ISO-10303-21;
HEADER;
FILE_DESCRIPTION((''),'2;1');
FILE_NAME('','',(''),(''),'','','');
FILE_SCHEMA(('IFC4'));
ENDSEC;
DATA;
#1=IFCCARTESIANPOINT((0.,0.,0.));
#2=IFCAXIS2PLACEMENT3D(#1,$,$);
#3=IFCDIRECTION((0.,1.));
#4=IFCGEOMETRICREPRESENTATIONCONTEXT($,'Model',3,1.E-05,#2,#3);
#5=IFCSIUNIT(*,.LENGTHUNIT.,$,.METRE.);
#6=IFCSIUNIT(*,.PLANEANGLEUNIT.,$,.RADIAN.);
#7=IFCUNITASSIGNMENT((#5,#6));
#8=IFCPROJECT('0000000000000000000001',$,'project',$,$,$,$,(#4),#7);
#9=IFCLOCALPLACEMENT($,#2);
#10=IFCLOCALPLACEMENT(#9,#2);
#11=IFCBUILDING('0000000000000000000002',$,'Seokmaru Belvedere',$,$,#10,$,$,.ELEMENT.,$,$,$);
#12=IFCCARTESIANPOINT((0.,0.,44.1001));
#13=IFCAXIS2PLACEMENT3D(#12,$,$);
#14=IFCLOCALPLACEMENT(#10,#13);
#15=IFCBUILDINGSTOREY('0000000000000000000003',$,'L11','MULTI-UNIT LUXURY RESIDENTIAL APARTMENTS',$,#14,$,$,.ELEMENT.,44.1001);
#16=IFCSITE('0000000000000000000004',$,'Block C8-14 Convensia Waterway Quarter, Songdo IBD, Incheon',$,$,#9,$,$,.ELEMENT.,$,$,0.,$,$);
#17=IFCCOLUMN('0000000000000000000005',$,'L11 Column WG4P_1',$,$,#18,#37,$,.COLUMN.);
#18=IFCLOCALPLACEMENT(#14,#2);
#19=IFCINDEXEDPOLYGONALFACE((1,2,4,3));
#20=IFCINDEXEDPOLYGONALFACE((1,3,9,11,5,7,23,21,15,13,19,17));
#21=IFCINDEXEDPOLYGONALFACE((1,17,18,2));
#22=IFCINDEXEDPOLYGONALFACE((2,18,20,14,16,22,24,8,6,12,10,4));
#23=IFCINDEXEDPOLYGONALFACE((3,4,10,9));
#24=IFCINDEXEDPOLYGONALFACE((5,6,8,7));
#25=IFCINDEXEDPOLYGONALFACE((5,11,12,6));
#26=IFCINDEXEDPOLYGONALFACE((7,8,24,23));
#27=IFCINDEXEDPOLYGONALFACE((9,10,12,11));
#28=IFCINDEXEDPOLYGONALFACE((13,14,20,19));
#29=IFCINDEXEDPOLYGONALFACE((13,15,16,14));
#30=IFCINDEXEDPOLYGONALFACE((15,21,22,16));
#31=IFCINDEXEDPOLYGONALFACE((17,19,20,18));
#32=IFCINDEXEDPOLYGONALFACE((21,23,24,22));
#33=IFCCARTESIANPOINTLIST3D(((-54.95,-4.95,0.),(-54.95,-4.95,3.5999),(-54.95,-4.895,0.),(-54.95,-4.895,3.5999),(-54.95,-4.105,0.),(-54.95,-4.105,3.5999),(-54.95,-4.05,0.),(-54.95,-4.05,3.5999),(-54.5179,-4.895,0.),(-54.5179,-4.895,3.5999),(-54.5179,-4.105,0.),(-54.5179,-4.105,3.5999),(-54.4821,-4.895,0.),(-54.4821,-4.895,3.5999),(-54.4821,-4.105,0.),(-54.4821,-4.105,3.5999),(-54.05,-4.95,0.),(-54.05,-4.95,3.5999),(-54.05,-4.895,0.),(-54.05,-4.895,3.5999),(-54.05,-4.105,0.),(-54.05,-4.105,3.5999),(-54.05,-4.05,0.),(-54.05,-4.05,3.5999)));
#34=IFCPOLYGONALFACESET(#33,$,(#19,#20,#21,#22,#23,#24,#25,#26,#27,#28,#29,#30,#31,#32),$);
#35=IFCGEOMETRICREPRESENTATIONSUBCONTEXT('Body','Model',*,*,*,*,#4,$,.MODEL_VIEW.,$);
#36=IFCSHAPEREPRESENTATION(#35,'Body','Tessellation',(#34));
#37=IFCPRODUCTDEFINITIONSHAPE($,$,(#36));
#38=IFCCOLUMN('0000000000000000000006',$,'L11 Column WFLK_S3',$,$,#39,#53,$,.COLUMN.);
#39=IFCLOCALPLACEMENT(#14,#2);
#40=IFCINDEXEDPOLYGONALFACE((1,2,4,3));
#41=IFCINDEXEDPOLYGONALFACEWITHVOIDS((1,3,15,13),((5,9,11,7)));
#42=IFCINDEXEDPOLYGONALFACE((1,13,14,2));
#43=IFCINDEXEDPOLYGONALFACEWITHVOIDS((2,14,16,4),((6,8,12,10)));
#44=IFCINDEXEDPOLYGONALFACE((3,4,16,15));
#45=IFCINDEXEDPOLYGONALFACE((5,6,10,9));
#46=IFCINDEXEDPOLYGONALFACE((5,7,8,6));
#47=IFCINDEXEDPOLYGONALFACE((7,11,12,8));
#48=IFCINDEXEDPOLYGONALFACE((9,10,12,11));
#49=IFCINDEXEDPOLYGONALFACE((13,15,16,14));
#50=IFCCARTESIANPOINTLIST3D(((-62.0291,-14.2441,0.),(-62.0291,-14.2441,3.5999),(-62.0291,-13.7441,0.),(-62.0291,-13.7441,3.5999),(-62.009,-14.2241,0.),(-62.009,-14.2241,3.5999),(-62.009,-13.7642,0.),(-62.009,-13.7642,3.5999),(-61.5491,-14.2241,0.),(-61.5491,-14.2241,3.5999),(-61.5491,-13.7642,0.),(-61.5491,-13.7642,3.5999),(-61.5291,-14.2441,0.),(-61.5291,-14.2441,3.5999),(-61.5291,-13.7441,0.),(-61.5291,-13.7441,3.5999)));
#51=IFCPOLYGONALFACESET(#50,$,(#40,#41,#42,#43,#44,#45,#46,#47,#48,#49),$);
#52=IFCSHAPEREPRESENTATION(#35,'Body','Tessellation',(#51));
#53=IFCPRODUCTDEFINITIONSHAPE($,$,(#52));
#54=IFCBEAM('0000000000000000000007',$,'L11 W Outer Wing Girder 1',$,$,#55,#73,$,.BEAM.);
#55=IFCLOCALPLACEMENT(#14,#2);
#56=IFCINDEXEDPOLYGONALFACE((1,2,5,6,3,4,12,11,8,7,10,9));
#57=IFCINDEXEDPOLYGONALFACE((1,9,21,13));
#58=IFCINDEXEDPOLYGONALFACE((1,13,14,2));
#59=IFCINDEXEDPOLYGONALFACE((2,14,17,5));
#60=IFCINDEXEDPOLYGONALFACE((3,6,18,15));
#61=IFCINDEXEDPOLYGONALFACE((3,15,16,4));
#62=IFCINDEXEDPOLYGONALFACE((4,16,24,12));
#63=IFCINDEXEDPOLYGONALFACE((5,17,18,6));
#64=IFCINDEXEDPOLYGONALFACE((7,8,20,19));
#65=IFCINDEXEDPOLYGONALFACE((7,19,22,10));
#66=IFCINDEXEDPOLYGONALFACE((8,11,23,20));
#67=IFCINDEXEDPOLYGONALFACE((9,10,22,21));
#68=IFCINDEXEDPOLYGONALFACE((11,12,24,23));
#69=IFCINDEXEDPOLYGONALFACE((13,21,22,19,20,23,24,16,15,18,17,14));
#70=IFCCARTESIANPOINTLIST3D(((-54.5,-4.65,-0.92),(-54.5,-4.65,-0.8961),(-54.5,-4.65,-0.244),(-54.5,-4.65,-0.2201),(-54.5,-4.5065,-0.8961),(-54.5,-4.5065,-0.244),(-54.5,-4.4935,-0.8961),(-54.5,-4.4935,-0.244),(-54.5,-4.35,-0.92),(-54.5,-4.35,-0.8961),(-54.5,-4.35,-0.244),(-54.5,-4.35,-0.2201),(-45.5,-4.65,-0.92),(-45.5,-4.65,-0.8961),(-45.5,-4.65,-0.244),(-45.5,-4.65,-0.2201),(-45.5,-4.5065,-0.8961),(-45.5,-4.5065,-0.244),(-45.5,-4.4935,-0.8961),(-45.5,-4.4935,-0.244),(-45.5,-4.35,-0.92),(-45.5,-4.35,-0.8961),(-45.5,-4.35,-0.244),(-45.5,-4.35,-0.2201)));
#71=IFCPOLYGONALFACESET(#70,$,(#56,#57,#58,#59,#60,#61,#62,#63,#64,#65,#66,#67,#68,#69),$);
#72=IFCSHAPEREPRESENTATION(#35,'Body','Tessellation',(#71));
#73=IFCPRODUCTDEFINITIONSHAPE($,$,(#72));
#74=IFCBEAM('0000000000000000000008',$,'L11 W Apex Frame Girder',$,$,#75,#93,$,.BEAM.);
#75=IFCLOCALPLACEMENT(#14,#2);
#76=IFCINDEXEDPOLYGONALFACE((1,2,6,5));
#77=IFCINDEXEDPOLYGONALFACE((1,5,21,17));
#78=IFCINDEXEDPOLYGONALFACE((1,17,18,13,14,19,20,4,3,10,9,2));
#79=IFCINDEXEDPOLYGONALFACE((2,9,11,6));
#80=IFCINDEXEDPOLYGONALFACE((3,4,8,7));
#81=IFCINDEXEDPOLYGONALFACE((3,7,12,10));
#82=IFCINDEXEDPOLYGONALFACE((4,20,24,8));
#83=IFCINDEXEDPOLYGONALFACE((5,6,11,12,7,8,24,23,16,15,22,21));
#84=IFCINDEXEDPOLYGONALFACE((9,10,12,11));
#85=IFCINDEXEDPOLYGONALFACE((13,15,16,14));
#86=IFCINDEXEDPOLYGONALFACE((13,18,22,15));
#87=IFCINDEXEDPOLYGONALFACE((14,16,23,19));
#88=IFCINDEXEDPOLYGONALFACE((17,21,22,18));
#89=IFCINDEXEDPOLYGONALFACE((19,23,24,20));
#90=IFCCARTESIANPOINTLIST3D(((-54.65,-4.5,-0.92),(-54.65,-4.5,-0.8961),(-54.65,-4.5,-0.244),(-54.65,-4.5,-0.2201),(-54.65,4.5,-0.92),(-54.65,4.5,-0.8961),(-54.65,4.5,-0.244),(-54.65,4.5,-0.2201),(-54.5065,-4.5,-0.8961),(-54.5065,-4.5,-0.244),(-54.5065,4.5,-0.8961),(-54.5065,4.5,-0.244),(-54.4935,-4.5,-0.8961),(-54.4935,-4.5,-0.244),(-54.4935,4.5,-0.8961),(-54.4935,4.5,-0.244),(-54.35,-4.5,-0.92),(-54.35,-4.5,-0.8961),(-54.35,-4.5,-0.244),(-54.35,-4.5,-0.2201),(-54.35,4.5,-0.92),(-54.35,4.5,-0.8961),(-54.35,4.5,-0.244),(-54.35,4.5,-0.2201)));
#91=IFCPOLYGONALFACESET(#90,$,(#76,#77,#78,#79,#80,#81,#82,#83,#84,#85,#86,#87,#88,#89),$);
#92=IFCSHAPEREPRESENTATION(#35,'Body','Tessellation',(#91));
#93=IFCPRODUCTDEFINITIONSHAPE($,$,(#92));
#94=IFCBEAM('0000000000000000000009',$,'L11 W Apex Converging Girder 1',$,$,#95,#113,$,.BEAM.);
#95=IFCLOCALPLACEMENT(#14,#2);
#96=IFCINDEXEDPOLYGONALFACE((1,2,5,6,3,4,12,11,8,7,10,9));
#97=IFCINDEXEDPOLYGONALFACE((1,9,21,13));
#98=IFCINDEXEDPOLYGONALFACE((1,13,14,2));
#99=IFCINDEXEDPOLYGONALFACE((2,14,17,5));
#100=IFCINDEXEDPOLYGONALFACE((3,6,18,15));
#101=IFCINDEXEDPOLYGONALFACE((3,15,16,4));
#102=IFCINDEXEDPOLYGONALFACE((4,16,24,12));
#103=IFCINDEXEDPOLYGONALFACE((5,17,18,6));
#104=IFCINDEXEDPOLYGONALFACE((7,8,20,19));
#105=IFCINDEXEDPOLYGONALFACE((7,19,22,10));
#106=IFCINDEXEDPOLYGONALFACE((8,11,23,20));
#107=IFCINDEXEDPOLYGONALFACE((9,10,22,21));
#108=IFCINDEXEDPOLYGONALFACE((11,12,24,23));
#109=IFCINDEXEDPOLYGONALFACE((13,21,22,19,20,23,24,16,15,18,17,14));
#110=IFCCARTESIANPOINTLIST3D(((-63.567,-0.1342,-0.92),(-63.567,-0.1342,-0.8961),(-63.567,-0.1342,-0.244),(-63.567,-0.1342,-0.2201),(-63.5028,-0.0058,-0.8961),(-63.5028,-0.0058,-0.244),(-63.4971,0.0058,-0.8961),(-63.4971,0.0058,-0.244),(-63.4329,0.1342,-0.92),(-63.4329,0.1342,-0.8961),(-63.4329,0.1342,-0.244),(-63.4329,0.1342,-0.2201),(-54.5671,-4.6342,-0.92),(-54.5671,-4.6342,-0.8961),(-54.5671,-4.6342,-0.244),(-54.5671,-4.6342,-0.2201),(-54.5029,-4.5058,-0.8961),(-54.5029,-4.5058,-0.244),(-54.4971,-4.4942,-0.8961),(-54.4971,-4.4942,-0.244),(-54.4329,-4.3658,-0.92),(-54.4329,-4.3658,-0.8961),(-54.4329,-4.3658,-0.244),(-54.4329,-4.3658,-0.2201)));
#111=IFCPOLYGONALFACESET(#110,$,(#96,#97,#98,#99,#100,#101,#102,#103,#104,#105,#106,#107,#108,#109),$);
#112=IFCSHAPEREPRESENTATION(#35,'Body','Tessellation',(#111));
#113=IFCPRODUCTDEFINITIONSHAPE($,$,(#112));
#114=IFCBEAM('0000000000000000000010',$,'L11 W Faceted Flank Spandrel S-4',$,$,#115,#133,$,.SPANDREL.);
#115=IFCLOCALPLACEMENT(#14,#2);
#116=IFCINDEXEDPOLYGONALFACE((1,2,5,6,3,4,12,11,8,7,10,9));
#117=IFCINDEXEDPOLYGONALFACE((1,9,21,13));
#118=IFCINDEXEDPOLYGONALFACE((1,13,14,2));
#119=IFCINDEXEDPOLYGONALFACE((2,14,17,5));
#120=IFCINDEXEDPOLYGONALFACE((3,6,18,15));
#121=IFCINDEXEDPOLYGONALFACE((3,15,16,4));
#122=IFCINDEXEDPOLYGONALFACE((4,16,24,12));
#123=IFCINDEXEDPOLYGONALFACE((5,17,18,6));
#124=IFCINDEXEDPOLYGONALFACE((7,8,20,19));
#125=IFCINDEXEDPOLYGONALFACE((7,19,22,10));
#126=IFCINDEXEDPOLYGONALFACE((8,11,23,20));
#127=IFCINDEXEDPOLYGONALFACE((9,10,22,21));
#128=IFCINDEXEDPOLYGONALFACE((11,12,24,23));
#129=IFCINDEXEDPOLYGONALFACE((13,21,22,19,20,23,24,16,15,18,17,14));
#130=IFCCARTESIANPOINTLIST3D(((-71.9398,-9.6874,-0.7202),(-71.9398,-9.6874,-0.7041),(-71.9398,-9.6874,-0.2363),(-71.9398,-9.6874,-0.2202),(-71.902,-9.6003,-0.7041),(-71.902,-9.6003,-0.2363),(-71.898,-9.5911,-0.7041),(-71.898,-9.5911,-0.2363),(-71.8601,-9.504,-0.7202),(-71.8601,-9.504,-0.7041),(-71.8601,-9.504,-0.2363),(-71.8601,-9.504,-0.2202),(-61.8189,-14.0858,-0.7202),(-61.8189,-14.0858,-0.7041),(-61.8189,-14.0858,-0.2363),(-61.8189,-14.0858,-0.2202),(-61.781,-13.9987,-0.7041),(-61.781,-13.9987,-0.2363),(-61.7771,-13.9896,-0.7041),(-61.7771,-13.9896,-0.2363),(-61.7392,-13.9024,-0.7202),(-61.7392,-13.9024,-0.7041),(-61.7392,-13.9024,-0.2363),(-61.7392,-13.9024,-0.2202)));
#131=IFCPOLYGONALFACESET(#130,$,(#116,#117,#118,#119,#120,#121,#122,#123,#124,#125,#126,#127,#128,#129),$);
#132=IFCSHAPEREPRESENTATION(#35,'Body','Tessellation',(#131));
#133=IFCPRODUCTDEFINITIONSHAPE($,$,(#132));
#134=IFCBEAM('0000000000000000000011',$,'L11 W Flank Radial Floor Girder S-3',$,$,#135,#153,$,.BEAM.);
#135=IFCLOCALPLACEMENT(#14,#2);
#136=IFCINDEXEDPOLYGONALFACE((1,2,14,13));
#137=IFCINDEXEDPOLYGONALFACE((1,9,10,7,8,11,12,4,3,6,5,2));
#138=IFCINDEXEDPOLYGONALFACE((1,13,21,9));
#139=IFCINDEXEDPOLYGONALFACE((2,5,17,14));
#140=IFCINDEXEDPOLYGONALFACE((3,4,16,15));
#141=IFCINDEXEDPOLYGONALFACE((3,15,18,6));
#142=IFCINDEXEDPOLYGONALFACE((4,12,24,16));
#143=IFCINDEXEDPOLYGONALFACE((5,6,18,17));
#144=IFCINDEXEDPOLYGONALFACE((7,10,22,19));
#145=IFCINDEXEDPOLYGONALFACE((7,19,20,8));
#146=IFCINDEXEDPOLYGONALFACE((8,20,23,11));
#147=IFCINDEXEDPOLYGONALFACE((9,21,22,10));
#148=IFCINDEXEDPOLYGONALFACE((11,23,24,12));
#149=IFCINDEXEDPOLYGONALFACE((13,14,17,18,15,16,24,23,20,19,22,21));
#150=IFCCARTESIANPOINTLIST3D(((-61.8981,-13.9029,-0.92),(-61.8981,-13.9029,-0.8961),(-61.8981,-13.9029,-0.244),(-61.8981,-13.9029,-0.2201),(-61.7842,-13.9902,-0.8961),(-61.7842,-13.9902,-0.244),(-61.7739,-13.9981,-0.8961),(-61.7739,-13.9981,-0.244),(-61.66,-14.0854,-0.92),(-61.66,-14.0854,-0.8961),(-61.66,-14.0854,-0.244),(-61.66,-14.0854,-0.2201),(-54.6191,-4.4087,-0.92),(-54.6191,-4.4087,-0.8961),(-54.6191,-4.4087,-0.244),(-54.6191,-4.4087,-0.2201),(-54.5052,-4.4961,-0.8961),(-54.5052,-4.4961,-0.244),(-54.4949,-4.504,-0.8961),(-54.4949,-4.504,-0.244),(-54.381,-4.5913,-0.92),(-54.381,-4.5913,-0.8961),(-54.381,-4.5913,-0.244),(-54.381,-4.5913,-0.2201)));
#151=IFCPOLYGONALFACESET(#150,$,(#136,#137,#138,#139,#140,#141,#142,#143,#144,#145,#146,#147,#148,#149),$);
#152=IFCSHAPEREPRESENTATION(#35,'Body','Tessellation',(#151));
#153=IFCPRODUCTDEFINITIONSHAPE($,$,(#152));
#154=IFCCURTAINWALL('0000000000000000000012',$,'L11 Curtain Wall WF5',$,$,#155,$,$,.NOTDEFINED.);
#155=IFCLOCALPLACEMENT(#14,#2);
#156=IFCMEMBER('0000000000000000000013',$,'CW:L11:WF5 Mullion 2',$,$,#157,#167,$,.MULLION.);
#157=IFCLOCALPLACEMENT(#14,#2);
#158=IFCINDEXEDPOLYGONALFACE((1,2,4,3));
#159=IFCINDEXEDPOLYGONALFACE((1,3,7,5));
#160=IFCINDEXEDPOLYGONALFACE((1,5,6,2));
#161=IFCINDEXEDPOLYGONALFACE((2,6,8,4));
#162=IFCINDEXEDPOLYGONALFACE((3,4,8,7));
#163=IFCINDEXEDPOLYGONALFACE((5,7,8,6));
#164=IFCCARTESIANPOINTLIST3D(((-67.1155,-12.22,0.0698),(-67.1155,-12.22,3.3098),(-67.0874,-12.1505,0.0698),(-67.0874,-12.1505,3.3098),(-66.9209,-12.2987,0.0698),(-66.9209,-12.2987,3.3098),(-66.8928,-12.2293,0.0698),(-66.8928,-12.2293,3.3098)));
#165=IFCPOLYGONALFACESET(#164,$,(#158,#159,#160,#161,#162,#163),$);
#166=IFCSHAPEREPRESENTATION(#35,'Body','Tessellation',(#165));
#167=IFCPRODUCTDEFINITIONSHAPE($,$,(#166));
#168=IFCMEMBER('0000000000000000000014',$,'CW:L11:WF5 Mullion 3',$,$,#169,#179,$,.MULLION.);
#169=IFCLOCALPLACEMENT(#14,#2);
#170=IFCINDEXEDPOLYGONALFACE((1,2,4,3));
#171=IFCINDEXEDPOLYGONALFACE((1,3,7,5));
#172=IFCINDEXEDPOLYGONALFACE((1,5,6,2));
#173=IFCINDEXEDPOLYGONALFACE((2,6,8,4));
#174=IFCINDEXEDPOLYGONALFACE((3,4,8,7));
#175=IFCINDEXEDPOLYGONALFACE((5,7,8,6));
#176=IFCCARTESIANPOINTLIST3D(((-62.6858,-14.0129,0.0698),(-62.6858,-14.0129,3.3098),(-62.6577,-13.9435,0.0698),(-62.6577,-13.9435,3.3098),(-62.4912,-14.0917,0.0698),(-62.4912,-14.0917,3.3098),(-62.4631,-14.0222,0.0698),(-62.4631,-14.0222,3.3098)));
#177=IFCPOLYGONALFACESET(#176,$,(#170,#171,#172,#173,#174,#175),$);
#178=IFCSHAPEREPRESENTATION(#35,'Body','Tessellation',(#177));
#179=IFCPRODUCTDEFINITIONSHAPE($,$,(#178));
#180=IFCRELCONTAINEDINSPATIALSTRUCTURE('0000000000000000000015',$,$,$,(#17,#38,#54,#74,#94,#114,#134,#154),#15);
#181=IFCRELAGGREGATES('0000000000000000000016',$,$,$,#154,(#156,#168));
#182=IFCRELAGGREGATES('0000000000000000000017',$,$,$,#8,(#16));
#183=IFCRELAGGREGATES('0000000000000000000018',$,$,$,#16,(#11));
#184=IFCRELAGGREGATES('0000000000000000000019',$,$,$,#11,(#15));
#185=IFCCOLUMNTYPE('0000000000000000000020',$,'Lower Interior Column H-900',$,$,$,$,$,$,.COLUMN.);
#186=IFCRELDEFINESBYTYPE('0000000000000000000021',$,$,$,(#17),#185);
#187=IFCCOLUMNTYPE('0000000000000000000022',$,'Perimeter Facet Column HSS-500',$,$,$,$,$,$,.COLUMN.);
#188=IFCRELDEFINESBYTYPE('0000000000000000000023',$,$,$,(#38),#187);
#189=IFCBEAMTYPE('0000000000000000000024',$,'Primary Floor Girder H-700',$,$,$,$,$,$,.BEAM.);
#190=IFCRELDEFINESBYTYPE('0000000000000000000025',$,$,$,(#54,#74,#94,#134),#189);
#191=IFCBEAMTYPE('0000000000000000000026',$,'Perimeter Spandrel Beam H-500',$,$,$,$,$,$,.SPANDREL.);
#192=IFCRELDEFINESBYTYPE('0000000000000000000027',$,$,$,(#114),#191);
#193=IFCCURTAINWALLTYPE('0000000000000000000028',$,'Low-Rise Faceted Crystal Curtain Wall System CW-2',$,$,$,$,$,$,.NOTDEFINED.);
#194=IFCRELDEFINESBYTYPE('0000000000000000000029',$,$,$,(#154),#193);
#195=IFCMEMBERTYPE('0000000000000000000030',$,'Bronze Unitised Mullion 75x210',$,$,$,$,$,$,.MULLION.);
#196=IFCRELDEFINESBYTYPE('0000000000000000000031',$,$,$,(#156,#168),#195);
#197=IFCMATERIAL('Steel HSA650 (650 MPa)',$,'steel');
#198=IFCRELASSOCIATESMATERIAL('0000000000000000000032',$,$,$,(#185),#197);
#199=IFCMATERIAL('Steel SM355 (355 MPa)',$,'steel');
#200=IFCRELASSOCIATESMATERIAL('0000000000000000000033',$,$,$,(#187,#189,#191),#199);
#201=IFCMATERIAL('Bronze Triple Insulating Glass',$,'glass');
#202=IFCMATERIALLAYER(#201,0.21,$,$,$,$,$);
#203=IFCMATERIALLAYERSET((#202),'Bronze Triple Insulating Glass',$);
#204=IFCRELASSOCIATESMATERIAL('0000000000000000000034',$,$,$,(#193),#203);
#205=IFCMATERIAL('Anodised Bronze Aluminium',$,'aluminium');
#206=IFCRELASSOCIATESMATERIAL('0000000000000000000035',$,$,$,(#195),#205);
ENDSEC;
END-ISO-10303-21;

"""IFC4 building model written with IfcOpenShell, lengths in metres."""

from ifc_helpers import new_model, si_unit, direction, frame, origin, origin_2d, place, context, subcontext, project, spatial, rectangle, hollow_rectangle, i_section, extrude, source, transform, mapped, material, layer, layer_set, material_profile, profile_set, type_object, type_shapes, element, aggregate, save


model = new_model("IFC4")

# Units and contexts
model_context = context("Model", 3, precision=1e-05, world=origin(), true_north=direction((0.0, 1.0)))
body_context = subcontext(model_context, "Body", "Model", "MODEL_VIEW")
ifc_project = project(units=[si_unit("LENGTHUNIT", "METRE"), si_unit("PLANEANGLEUNIT", "RADIAN")], contexts=[model_context])

# Site, building, storey
site_placement = place(None, origin())
site = spatial("IfcSite", under=ifc_project, at=site_placement, Name="Block C8-14 Convensia Waterway Quarter, Songdo IBD, Incheon", CompositionType="ELEMENT", RefElevation=0.0)
building_placement = place(site_placement, origin())
building = spatial("IfcBuilding", under=site, at=building_placement, Name="Seokmaru Belvedere", CompositionType="ELEMENT")
storey_placement = place(building_placement, frame((0.0, 0.0, 44.1001)))
storey = spatial("IfcBuildingStorey", under=building, at=storey_placement, Name="L11", Description="MULTI-UNIT LUXURY RESIDENTIAL APARTMENTS", CompositionType="ELEMENT", Elevation=44.1001)

# Columns
ifc_material_1 = material(Name="Steel HSA650 (650 MPa)", Category="steel")
ifc_material_profile_1 = material_profile(ifc_material_1, i_section(OverallWidth=0.8999, OverallDepth=0.8999, WebThickness=0.0359, FlangeThickness=0.0549, at=origin_2d()), Name="H-900x900x36x55")
ifc_profile_set_1 = profile_set([ifc_material_profile_1], Name="Steel HSA650 (650 MPa)")
column_type_1 = type_object("IfcColumnType", Name="Lower Interior Column H-900", PredefinedType="COLUMN", material=ifc_profile_set_1)
shared_shape_1 = source(origin(), body_context, "Body", "SweptSolid", [
    extrude(i_section(OverallWidth=0.8999, OverallDepth=0.8999, WebThickness=0.0359, FlangeThickness=0.0549, at=origin_2d()), origin(), (0.0, 0.0, 1.0), 3.5999),
])
type_shapes(column_type_1, [shared_shape_1])
column_1_placement = place(storey_placement, frame((-54.5, -4.5, 0.0), z_axis=(0.0, 0.0, 1.0), x_axis=(1.0, 0.0, 0.0)))
element("IfcColumn", 1, at=column_1_placement, inside=storey, type_object=column_type_1, Name="L11 Column WG4P_1", PredefinedType="COLUMN", context=body_context, shape_type="MappedRepresentation", body=[
    mapped(shared_shape_1, transform((0.0, 0.0, 0.0), scale=1.0)),
])
ifc_material_2 = material(Name="Steel SM355 (355 MPa)", Category="steel")
ifc_material_profile_2 = material_profile(ifc_material_2, hollow_rectangle(XDim=0.5, YDim=0.5, WallThickness=0.02, at=origin_2d()), Name="HSS-500x500x20")
ifc_profile_set_2 = profile_set([ifc_material_profile_2], Name="Steel SM355 (355 MPa)")
column_type_2 = type_object("IfcColumnType", Name="Perimeter Facet Column HSS-500", PredefinedType="COLUMN", material=ifc_profile_set_2)
shared_shape_2 = source(origin(), body_context, "Body", "SweptSolid", [
    extrude(hollow_rectangle(XDim=0.5, YDim=0.5, WallThickness=0.02, at=origin_2d()), origin(), (0.0, 0.0, 1.0), 3.5999),
])
type_shapes(column_type_2, [shared_shape_2])
column_2_placement = place(storey_placement, frame((-61.7791, -13.9941, 0.0), z_axis=(0.0, 0.0, 1.0), x_axis=(1.0, 0.0, 0.0)))
element("IfcColumn", 2, at=column_2_placement, inside=storey, type_object=column_type_2, Name="L11 Column WFLK_S3", PredefinedType="COLUMN", context=body_context, shape_type="MappedRepresentation", body=[
    mapped(shared_shape_2, transform((0.0, 0.0, 0.0), scale=1.0)),
])

# Beams
ifc_material_profile_3 = material_profile(ifc_material_2, i_section(OverallWidth=0.3, OverallDepth=0.7, WebThickness=0.0129, FlangeThickness=0.0239, at=origin_2d()), Name="H-700x300x13x24")
ifc_profile_set_3 = profile_set([ifc_material_profile_3], Name="Steel SM355 (355 MPa)")
beam_type_1 = type_object("IfcBeamType", Name="Primary Floor Girder H-700", PredefinedType="BEAM", material=ifc_profile_set_3)
shared_shape_3 = source(origin(), body_context, "Body", "SweptSolid", [
    extrude(i_section(OverallWidth=0.3, OverallDepth=0.7, WebThickness=0.0129, FlangeThickness=0.0239, at=origin_2d()), origin(), (0.0, 0.0, 1.0), 9.0),
])
for number, where, z_axis, x_axis, name in (
    (3, (-54.5, -4.5, -0.5701), (1.0, 0.0, 0.0), (0.0, 1.0, 0.0), "L11 W Outer Wing Girder 1"),
    (4, (-54.5, -4.5, -0.5701), (0.0, 1.0, 0.0), (-1.0, 0.0, 0.0), "L11 W Apex Frame Girder"),
):
    element("IfcBeam", number, at=place(storey_placement, frame(where, z_axis=z_axis, x_axis=x_axis)), inside=storey, type_object=beam_type_1, Name=name, PredefinedType="BEAM", context=body_context, shape_type="MappedRepresentation", body=[
        mapped(shared_shape_3, transform((0.0, 0.0, 0.0), scale=1.0)),
    ])
shared_shape_4 = source(origin(), body_context, "Body", "SweptSolid", [
    extrude(i_section(OverallWidth=0.3, OverallDepth=0.7, WebThickness=0.0129, FlangeThickness=0.0239, at=origin_2d()), origin(), (0.0, 0.0, 1.0), 10.0623),
])
beam_1_placement = place(storey_placement, frame((-54.5, -4.5, -0.5701), z_axis=(-0.894427, 0.447214, 0.0), x_axis=(-0.447214, -0.894427, 0.0)))
element("IfcBeam", 5, at=beam_1_placement, inside=storey, type_object=beam_type_1, Name="L11 W Apex Converging Girder 1", PredefinedType="BEAM", context=body_context, shape_type="MappedRepresentation", body=[
    mapped(shared_shape_4, transform((0.0, 0.0, 0.0), scale=1.0)),
])
ifc_material_profile_4 = material_profile(ifc_material_2, i_section(OverallWidth=0.2, OverallDepth=0.5, WebThickness=0.01, FlangeThickness=0.0161, at=origin_2d()), Name="H-500x200x10x16")
ifc_profile_set_4 = profile_set([ifc_material_profile_4], Name="Steel SM355 (355 MPa)")
beam_type_2 = type_object("IfcBeamType", Name="Perimeter Spandrel Beam H-500", PredefinedType="SPANDREL", material=ifc_profile_set_4)
shared_shape_5 = source(origin(), body_context, "Body", "SweptSolid", [
    extrude(i_section(OverallWidth=0.2, OverallDepth=0.5, WebThickness=0.01, FlangeThickness=0.0161, at=origin_2d()), origin(), (0.0, 0.0, 1.0), 11.0354),
])
type_shapes(beam_type_2, [shared_shape_5])
beam_2_placement = place(storey_placement, frame((-61.7791, -13.9941, -0.4702), z_axis=(-0.917134, 0.398579, 0.0), x_axis=(-0.398579, -0.917134, 0.0)))
element("IfcBeam", 6, at=beam_2_placement, inside=storey, type_object=beam_type_2, Name="L11 W Faceted Flank Spandrel S-4", PredefinedType="SPANDREL", context=body_context, shape_type="MappedRepresentation", body=[
    mapped(shared_shape_5, transform((0.0, 0.0, 0.0), scale=1.0)),
])
shared_shape_6 = source(origin(), body_context, "Body", "SweptSolid", [
    extrude(i_section(OverallWidth=0.3, OverallDepth=0.7, WebThickness=0.0129, FlangeThickness=0.0239, at=origin_2d()), origin(), (0.0, 0.0, 1.0), 11.9634),
])
type_shapes(beam_type_1, [shared_shape_3, shared_shape_4, shared_shape_6])
beam_3_placement = place(storey_placement, frame((-61.7791, -13.9941, -0.5701), z_axis=(0.608443, 0.793598, 0.0), x_axis=(-0.793598, 0.608443, 0.0)))
element("IfcBeam", 7, at=beam_3_placement, inside=storey, type_object=beam_type_1, Name="L11 W Flank Radial Floor Girder S-3", PredefinedType="BEAM", context=body_context, shape_type="MappedRepresentation", body=[
    mapped(shared_shape_6, transform((0.0, 0.0, 0.0), scale=1.0)),
])

# Curtain wall, members
ifc_material_3 = material(Name="Bronze Triple Insulating Glass", Category="glass")
ifc_layer_1 = layer(ifc_material_3, 0.21)
ifc_layer_set_1 = layer_set([ifc_layer_1], Name="Bronze Triple Insulating Glass")
curtain_wall_type = type_object("IfcCurtainWallType", Name="Low-Rise Faceted Crystal Curtain Wall System CW-2", PredefinedType="NOTDEFINED", material=ifc_layer_set_1)
curtain_wall_placement = place(storey_placement, origin())
curtain_wall = element("IfcCurtainWall", 8, at=curtain_wall_placement, inside=storey, type_object=curtain_wall_type, Name="L11 Curtain Wall WF5", PredefinedType="NOTDEFINED")
ifc_material_4 = material(Name="Anodised Bronze Aluminium", Category="aluminium")
ifc_material_profile_5 = material_profile(ifc_material_4, rectangle(XDim=0.075, YDim=0.21, at=origin_2d()), Name="CW-M-75x210")
ifc_profile_set_5 = profile_set([ifc_material_profile_5], Name="Anodised Bronze Aluminium")
member_type = type_object("IfcMemberType", Name="Bronze Unitised Mullion 75x210", PredefinedType="MULLION", material=ifc_profile_set_5)
shared_shape_7 = source(origin(), body_context, "Body", "SweptSolid", [
    extrude(rectangle(XDim=0.075, YDim=0.21, at=origin_2d()), origin(), (0.0, 0.0, 1.0), 3.24),
])
type_shapes(member_type, [shared_shape_7])
member_1_placement = place(storey_placement, frame((-67.0042, -12.2246, 0.0698), z_axis=(0.0, 0.0, 1.0), x_axis=(0.375192, 0.926947, 0.0)))
member_1 = element("IfcMember", 9, at=member_1_placement, type_object=member_type, Name="CW:L11:WF5 Mullion 2", PredefinedType="MULLION", context=body_context, shape_type="MappedRepresentation", body=[
    mapped(shared_shape_7, transform((0.0, 0.0, 0.0), scale=1.0)),
])
member_2_placement = place(storey_placement, frame((-62.5745, -14.0176, 0.0698), z_axis=(0.0, 0.0, 1.0), x_axis=(0.375192, 0.926947, 0.0)))
member_2 = element("IfcMember", 10, at=member_2_placement, type_object=member_type, Name="CW:L11:WF5 Mullion 3", PredefinedType="MULLION", context=body_context, shape_type="MappedRepresentation", body=[
    mapped(shared_shape_7, transform((0.0, 0.0, 0.0), scale=1.0)),
])
aggregate(curtain_wall, [member_1, member_2])

save(model, "model.ifc")
